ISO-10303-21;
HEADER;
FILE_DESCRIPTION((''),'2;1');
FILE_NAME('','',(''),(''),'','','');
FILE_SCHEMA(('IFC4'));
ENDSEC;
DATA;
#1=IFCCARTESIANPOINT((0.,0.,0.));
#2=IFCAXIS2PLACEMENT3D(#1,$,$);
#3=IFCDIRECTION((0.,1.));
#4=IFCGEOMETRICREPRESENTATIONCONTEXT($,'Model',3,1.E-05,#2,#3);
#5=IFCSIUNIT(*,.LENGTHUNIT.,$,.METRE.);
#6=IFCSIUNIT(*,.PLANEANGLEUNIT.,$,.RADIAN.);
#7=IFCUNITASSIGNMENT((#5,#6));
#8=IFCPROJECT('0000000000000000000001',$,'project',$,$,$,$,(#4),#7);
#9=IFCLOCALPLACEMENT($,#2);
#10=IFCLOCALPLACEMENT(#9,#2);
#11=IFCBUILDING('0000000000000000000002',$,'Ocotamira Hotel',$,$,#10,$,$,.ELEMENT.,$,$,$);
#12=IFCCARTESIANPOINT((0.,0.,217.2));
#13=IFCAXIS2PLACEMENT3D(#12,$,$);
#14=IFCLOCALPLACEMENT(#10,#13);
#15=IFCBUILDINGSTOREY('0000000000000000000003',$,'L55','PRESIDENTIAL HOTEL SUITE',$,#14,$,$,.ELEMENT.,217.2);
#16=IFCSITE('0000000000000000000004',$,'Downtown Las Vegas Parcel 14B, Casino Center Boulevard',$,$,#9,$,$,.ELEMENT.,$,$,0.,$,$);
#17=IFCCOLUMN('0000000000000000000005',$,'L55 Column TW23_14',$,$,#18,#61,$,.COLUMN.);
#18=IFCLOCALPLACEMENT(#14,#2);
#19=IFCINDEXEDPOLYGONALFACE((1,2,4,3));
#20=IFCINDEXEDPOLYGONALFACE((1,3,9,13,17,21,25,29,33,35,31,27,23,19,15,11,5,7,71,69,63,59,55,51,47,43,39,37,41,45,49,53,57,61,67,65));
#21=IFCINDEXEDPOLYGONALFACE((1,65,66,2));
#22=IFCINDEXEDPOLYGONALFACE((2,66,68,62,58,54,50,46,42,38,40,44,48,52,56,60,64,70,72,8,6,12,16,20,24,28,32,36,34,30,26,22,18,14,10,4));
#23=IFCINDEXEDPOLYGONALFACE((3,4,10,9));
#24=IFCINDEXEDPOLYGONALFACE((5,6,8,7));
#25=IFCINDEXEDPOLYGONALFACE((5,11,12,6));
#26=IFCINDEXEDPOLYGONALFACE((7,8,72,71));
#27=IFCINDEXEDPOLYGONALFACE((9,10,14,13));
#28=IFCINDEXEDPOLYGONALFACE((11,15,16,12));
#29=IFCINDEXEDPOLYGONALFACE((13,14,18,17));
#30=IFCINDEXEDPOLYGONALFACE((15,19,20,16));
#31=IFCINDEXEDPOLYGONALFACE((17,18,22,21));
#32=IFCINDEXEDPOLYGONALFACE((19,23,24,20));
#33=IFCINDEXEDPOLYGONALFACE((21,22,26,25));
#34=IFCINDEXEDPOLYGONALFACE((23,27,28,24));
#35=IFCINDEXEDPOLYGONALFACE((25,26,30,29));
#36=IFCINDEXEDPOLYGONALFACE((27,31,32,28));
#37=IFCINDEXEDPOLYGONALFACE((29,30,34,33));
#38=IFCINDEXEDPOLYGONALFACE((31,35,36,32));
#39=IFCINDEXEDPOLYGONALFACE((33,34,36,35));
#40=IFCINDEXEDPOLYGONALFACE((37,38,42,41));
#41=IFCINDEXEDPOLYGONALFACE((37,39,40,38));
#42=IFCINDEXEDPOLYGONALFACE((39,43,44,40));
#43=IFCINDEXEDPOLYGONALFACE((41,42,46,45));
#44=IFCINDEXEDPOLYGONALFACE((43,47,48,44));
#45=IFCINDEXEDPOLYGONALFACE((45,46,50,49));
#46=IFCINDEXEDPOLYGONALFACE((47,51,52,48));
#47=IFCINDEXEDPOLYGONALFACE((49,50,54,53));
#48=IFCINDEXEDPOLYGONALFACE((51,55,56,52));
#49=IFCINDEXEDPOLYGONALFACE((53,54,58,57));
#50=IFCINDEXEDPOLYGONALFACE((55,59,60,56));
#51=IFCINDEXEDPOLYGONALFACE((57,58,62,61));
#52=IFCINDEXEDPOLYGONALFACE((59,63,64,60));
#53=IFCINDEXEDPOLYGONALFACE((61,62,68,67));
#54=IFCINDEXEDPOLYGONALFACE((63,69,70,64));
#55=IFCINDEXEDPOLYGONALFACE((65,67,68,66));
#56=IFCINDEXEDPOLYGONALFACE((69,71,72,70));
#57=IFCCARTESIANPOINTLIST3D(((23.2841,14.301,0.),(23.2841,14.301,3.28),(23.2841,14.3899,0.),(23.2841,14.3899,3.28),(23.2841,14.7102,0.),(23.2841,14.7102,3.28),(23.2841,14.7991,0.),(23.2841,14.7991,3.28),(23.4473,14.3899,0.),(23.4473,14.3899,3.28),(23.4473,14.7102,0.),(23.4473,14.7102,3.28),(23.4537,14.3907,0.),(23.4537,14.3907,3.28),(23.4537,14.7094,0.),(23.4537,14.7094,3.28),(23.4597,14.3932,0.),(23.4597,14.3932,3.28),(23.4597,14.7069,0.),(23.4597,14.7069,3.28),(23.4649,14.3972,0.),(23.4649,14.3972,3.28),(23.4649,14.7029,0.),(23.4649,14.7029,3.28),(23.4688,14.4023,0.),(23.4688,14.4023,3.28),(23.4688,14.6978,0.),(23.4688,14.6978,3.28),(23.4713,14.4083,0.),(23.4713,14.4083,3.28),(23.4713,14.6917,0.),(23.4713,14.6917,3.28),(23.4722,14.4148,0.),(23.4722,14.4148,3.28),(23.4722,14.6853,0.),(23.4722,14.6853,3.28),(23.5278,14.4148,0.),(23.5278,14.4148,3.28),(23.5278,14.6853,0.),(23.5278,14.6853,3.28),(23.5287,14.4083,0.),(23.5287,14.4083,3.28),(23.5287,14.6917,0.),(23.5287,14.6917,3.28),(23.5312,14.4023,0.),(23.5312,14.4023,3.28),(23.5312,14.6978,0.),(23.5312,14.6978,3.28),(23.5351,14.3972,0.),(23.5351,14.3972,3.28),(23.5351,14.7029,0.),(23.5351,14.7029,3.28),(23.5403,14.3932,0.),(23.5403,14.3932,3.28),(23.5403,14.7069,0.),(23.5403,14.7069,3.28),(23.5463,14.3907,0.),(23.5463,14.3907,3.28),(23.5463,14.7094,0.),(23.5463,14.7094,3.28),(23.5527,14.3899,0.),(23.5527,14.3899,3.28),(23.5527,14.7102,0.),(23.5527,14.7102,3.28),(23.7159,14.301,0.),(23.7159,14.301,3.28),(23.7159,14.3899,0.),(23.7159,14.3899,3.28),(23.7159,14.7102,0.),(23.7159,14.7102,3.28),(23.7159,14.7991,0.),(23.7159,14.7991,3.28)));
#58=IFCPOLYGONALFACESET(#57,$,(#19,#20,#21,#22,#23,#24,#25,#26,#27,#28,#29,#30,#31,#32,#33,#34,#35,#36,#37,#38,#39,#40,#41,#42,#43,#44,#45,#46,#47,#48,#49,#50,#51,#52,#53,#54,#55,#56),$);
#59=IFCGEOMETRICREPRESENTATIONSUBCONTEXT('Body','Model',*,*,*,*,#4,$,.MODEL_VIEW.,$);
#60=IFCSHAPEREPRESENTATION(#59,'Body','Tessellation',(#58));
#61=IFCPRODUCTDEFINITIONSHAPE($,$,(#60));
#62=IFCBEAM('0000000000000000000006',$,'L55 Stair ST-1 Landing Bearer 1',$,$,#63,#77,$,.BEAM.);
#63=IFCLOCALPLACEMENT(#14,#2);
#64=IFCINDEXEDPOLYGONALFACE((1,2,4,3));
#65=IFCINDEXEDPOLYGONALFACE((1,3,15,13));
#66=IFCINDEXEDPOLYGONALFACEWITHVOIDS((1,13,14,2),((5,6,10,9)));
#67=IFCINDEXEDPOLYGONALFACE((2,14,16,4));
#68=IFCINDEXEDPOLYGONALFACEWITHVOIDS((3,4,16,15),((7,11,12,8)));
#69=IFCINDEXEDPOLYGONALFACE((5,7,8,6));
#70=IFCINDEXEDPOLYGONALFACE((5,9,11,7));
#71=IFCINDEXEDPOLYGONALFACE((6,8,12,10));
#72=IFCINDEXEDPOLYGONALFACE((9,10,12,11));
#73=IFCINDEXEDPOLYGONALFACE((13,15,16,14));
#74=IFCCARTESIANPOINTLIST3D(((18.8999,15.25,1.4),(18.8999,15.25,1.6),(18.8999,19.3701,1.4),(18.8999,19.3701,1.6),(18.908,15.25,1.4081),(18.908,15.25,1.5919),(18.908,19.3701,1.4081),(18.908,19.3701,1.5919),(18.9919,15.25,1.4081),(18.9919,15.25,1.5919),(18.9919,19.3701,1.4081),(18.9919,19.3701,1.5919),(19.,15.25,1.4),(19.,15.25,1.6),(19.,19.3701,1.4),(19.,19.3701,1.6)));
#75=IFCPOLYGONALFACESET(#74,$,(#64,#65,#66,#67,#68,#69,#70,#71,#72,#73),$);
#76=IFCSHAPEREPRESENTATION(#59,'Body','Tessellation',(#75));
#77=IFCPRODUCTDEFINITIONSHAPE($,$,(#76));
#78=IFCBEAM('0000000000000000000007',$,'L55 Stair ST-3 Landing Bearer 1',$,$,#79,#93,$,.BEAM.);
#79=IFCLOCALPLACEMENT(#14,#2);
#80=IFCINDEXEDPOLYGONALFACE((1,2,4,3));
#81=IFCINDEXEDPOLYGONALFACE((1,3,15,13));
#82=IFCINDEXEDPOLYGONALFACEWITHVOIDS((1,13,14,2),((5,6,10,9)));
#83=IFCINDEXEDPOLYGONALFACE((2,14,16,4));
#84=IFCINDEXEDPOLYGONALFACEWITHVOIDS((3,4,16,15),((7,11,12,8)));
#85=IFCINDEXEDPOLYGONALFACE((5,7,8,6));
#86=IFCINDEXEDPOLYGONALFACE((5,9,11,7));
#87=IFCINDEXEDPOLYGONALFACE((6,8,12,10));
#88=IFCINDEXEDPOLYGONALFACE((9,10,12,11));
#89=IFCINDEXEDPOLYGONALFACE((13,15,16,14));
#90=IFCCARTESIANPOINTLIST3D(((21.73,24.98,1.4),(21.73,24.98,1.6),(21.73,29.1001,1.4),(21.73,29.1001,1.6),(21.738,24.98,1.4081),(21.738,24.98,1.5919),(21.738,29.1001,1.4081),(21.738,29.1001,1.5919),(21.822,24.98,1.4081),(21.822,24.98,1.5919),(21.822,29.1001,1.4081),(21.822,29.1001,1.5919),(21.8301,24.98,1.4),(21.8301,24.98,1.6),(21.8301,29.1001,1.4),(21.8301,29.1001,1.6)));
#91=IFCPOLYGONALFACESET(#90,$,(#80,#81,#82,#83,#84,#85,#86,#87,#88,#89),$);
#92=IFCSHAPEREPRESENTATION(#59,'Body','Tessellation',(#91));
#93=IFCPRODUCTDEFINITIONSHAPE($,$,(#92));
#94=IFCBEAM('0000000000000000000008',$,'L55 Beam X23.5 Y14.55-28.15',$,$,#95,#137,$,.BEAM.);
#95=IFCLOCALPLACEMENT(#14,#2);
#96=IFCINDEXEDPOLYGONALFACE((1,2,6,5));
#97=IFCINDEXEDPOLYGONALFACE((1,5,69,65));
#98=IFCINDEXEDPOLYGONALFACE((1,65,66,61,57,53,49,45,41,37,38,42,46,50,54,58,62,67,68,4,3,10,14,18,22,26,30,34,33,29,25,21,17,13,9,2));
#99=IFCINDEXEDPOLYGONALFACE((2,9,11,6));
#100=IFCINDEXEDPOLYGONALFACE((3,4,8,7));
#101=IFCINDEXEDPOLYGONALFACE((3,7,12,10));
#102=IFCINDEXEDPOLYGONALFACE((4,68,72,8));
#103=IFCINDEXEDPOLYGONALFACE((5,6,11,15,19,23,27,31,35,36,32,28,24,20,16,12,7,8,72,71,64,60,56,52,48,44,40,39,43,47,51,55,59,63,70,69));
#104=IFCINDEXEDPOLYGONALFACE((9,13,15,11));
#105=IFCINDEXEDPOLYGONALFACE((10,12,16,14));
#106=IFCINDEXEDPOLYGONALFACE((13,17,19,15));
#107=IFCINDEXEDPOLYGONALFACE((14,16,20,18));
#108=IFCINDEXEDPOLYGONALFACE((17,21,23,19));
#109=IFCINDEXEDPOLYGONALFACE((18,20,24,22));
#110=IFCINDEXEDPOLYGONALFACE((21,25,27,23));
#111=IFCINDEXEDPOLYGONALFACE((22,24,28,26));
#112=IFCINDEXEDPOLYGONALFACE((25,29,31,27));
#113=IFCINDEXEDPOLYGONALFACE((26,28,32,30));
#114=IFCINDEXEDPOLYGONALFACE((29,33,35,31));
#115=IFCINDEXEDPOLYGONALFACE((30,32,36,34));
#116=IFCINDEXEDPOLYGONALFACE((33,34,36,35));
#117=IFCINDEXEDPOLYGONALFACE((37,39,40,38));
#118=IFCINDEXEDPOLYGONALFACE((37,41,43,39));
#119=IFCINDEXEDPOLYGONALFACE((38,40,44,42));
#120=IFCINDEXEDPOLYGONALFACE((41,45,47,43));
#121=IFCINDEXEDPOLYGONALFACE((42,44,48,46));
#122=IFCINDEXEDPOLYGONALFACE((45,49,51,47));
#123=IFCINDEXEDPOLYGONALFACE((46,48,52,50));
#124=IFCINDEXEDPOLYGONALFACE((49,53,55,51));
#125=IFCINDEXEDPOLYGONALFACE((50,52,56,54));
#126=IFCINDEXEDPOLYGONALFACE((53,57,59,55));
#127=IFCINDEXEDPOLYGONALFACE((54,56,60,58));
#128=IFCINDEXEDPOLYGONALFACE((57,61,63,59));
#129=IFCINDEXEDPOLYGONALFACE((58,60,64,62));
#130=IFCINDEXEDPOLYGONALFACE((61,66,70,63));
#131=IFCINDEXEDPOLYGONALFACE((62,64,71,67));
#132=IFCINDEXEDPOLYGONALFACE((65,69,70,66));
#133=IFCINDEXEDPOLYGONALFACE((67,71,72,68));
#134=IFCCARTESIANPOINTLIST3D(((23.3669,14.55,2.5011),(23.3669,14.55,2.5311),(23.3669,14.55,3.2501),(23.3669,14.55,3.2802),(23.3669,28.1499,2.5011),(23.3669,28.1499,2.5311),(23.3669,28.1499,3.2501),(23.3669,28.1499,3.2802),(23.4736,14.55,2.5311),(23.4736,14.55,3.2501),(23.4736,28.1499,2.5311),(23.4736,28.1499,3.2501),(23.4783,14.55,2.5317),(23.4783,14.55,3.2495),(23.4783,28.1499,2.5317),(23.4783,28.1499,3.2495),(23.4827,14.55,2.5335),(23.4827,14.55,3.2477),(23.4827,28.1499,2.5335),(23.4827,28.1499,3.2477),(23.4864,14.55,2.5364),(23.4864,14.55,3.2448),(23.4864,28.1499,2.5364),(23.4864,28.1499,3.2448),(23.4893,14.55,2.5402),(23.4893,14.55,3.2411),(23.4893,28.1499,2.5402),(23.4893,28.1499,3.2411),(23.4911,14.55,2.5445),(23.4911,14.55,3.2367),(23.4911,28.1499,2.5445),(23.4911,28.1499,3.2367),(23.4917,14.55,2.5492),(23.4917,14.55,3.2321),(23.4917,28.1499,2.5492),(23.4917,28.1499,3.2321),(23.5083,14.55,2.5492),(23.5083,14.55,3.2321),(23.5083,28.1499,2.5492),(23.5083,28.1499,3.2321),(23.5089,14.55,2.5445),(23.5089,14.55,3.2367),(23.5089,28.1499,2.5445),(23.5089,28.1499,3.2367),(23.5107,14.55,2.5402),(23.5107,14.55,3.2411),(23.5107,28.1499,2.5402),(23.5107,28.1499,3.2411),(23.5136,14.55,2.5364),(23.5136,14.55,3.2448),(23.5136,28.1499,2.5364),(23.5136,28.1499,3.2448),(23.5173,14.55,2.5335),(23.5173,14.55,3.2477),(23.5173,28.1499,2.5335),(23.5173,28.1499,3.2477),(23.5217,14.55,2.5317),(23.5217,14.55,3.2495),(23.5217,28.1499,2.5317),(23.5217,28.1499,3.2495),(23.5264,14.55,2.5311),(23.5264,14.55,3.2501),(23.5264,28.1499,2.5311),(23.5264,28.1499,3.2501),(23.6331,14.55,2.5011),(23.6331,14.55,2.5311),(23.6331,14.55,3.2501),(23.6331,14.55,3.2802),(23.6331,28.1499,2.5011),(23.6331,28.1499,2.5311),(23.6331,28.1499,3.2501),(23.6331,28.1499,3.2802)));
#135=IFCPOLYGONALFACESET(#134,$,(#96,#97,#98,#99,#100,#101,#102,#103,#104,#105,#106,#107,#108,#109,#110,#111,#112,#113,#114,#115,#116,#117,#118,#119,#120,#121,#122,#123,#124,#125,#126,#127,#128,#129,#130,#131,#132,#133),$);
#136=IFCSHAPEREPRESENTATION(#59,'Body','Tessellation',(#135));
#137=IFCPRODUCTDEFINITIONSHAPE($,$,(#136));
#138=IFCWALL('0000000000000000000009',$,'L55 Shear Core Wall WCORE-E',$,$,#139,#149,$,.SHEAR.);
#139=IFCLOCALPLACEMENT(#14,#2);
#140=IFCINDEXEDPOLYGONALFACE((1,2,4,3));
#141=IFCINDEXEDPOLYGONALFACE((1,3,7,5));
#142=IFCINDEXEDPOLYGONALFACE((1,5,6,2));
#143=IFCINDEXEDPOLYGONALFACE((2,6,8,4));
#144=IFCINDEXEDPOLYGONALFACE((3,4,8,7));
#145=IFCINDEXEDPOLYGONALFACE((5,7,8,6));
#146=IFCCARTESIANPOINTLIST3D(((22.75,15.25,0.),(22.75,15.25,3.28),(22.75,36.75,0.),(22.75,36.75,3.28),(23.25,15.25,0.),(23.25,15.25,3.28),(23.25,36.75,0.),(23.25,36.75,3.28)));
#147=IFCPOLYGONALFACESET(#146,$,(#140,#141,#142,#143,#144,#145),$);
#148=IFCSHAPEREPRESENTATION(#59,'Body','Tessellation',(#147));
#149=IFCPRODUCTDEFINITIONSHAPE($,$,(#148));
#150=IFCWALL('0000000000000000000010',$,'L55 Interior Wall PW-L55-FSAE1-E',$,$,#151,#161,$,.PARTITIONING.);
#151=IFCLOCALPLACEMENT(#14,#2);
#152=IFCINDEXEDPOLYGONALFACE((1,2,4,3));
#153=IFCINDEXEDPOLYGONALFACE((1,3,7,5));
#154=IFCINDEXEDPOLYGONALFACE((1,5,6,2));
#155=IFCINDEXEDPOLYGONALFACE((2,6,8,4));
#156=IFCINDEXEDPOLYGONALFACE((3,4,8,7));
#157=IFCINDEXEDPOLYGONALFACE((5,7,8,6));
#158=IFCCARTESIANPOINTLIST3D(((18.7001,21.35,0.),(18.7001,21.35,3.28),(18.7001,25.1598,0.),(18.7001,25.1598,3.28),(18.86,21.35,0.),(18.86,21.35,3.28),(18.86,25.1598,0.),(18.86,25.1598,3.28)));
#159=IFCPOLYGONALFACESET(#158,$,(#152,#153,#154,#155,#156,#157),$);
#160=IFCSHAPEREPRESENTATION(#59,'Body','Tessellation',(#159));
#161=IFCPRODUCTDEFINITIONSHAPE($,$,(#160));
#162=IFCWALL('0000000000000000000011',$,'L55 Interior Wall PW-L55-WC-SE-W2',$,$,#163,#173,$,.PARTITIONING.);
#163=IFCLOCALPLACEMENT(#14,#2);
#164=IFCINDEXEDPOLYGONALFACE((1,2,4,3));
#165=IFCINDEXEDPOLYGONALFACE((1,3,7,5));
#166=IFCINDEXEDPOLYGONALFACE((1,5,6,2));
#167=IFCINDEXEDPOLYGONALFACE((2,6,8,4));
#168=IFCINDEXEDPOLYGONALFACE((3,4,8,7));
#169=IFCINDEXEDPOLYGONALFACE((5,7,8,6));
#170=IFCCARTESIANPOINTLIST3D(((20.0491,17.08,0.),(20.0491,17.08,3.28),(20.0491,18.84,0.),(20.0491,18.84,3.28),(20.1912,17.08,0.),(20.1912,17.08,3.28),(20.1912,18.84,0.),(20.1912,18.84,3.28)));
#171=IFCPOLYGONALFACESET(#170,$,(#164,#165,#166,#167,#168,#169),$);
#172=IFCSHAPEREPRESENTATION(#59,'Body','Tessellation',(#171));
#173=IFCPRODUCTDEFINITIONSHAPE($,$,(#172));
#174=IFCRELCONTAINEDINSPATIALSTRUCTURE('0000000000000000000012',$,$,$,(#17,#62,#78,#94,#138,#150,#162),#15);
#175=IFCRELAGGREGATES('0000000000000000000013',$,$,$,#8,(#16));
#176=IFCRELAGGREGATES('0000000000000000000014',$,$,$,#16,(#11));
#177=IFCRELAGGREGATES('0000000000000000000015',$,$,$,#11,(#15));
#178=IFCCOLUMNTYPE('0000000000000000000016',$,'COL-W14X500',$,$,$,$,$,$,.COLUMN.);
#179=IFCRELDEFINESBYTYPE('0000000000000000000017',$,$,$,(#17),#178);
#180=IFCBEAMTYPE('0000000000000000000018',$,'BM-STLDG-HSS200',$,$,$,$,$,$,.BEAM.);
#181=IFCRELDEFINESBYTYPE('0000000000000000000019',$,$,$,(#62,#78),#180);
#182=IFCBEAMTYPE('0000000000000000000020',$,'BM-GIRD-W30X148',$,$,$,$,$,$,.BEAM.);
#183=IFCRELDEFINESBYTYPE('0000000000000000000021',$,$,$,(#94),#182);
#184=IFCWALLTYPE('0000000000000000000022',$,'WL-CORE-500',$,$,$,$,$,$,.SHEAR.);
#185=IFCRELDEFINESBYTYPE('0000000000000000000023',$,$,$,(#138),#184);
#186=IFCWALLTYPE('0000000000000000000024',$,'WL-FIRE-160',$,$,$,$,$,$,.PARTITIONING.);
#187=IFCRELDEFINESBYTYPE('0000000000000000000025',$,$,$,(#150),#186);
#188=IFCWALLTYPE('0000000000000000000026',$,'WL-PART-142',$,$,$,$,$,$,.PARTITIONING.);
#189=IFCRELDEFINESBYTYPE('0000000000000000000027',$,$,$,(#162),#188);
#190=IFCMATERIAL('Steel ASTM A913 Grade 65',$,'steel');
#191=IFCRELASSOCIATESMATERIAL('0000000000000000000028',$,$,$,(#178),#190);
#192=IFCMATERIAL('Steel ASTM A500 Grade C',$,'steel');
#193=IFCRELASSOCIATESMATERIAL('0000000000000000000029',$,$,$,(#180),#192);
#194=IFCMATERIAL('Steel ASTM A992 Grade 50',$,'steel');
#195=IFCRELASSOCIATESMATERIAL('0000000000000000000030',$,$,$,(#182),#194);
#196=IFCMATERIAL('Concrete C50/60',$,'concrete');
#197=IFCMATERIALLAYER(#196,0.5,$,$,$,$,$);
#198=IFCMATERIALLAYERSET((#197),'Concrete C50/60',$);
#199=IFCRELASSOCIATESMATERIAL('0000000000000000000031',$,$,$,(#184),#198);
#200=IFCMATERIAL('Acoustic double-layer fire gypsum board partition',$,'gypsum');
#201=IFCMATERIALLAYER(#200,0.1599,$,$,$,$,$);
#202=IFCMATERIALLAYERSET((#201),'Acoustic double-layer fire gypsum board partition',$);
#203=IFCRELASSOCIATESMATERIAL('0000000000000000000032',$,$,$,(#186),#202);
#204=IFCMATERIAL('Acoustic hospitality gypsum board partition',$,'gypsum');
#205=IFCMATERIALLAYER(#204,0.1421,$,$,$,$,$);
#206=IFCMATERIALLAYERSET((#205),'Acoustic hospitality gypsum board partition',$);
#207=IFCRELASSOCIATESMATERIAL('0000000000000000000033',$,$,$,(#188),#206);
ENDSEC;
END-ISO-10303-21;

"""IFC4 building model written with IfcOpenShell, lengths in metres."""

from ifc_helpers import new_model, si_unit, direction, frame, frame_2d, origin, origin_2d, place, context, subcontext, project, spatial, rectangle, hollow_rectangle, i_section, extrude, source, transform, mapped, material, layer, layer_set, material_profile, profile_set, type_object, element, save


model = new_model("IFC4")

# Units and contexts
model_context = context("Model", 3, precision=1e-05, world=origin(), true_north=direction((0.0, 1.0)))
body_context = subcontext(model_context, "Body", "Model", "MODEL_VIEW")
ifc_project = project(units=[si_unit("LENGTHUNIT", "METRE"), si_unit("PLANEANGLEUNIT", "RADIAN")], contexts=[model_context])

# Site, building, storey
site_placement = place(None, origin())
site = spatial("IfcSite", under=ifc_project, at=site_placement, Name="Downtown Las Vegas Parcel 14B, Casino Center Boulevard", CompositionType="ELEMENT", RefElevation=0.0)
building_placement = place(site_placement, origin())
building = spatial("IfcBuilding", under=site, at=building_placement, Name="Ocotamira Hotel", CompositionType="ELEMENT")
storey_placement = place(building_placement, frame((0.0, 0.0, 217.2)))
storey = spatial("IfcBuildingStorey", under=building, at=storey_placement, Name="L55", Description="PRESIDENTIAL HOTEL SUITE", CompositionType="ELEMENT", Elevation=217.2)

# Column
ifc_material_1 = material(Name="Steel ASTM A913 Grade 65", Category="steel")
ifc_material_profile_1 = material_profile(ifc_material_1, i_section(OverallWidth=0.4319, OverallDepth=0.498, WebThickness=0.0557, FlangeThickness=0.0889, FilletRadius=0.0249, at=origin_2d()), Name="W14X500")
ifc_profile_set_1 = profile_set([ifc_material_profile_1], Name="Steel ASTM A913 Grade 65")
column_type = type_object("IfcColumnType", Name="COL-W14X500", PredefinedType="COLUMN", material=ifc_profile_set_1)
shared_shape_1 = source(origin(), body_context, "Body", "SweptSolid", [
    extrude(i_section(OverallWidth=0.4319, OverallDepth=0.498, WebThickness=0.0557, FlangeThickness=0.0889, FilletRadius=0.0249, at=origin_2d()), origin(), (0.0, 0.0, 1.0), 3.28),
])
column_placement = place(storey_placement, frame((23.5, 14.55, 0.0), z_axis=(0.0, 0.0, 1.0), x_axis=(1.0, 0.0, 0.0)))
element("IfcColumn", 1, at=column_placement, inside=storey, type_object=column_type, Name="L55 Column TW23_14", PredefinedType="COLUMN", context=body_context, shape_type="MappedRepresentation", body=[
    mapped(shared_shape_1, transform((0.0, 0.0, 0.0), scale=1.0)),
])

# Beams
ifc_material_2 = material(Name="Steel ASTM A500 Grade C", Category="steel")
ifc_material_profile_2 = material_profile(ifc_material_2, hollow_rectangle(XDim=0.1001, YDim=0.2, WallThickness=0.0081, at=origin_2d()), Name="HSS200X100X8")
ifc_profile_set_2 = profile_set([ifc_material_profile_2], Name="Steel ASTM A500 Grade C")
beam_type_1 = type_object("IfcBeamType", Name="BM-STLDG-HSS200", PredefinedType="BEAM", material=ifc_profile_set_2)
shared_shape_2 = source(origin(), body_context, "Body", "SweptSolid", [
    extrude(hollow_rectangle(XDim=0.1001, YDim=0.2, WallThickness=0.0081, at=origin_2d()), origin(), (0.0, 0.0, 1.0), 4.1201),
])
for number, where, z_axis, x_axis, name in (
    (2, (18.95, 15.25, 1.5), (0.0, 1.0, 0.0), (-1.0, 0.0, 0.0), "L55 Stair ST-1 Landing Bearer 1"),
    (3, (21.78, 24.98, 1.5), (0.0, 1.0, 0.0), (-1.0, 0.0, 0.0), "L55 Stair ST-3 Landing Bearer 1"),
):
    element("IfcBeam", number, at=place(storey_placement, frame(where, z_axis=z_axis, x_axis=x_axis)), inside=storey, type_object=beam_type_1, Name=name, PredefinedType="BEAM", context=body_context, shape_type="MappedRepresentation", body=[
        mapped(shared_shape_2, transform((0.0, 0.0, 0.0), scale=1.0)),
    ])
ifc_material_3 = material(Name="Steel ASTM A992 Grade 50", Category="steel")
ifc_material_profile_3 = material_profile(ifc_material_3, i_section(OverallWidth=0.2661, OverallDepth=0.7791, WebThickness=0.0166, FlangeThickness=0.03, FilletRadius=0.0181, at=origin_2d()), Name="W30X148")
ifc_profile_set_3 = profile_set([ifc_material_profile_3], Name="Steel ASTM A992 Grade 50")
beam_type_2 = type_object("IfcBeamType", Name="BM-GIRD-W30X148", PredefinedType="BEAM", material=ifc_profile_set_3)
shared_shape_3 = source(origin(), body_context, "Body", "SweptSolid", [
    extrude(i_section(OverallWidth=0.2661, OverallDepth=0.7791, WebThickness=0.0166, FlangeThickness=0.03, FilletRadius=0.0181, at=origin_2d()), origin(), (0.0, 0.0, 1.0), 13.5999),
])
beam_placement = place(storey_placement, frame((23.5, 14.55, 2.8906), z_axis=(0.0, 1.0, 0.0), x_axis=(-1.0, 0.0, 0.0)))
element("IfcBeam", 4, at=beam_placement, inside=storey, type_object=beam_type_2, Name="L55 Beam X23.5 Y14.55-28.15", PredefinedType="BEAM", context=body_context, shape_type="MappedRepresentation", body=[
    mapped(shared_shape_3, transform((0.0, 0.0, 0.0), scale=1.0)),
])

# Walls
ifc_material_4 = material(Name="Concrete C50/60", Category="concrete")
ifc_layer_1 = layer(ifc_material_4, 0.5)
ifc_layer_set_1 = layer_set([ifc_layer_1], Name="Concrete C50/60")
wall_type_1 = type_object("IfcWallType", Name="WL-CORE-500", PredefinedType="SHEAR", material=ifc_layer_set_1)
wall_1_placement = place(storey_placement, frame((23.0, 15.25, 0.0), z_axis=(0.0, 0.0, 1.0), x_axis=(0.0, 1.0, 0.0)))
element("IfcWall", 5, at=wall_1_placement, inside=storey, type_object=wall_type_1, Name="L55 Shear Core Wall WCORE-E", PredefinedType="SHEAR", context=body_context, shape_type="SweptSolid", body=[
    extrude(rectangle(XDim=21.5, YDim=0.5, at=frame_2d((10.75, 0.0))), origin(), (0.0, 0.0, 1.0), 3.28),
])
ifc_material_5 = material(Name="Acoustic double-layer fire gypsum board partition", Category="gypsum")
ifc_layer_2 = layer(ifc_material_5, 0.1599)
ifc_layer_set_2 = layer_set([ifc_layer_2], Name="Acoustic double-layer fire gypsum board partition")
wall_type_2 = type_object("IfcWallType", Name="WL-FIRE-160", PredefinedType="PARTITIONING", material=ifc_layer_set_2)
wall_2_placement = place(storey_placement, frame((18.78, 21.3501, 0.0), z_axis=(0.0, 0.0, 1.0), x_axis=(0.0, 1.0, 0.0)))
element("IfcWall", 6, at=wall_2_placement, inside=storey, type_object=wall_type_2, Name="L55 Interior Wall PW-L55-FSAE1-E", PredefinedType="PARTITIONING", context=body_context, shape_type="SweptSolid", body=[
    extrude(rectangle(XDim=3.8098, YDim=0.1599, at=frame_2d((1.9048, 0.0))), origin(), (0.0, 0.0, 1.0), 3.28),
])
ifc_material_6 = material(Name="Acoustic hospitality gypsum board partition", Category="gypsum")
ifc_layer_3 = layer(ifc_material_6, 0.1421)
ifc_layer_set_3 = layer_set([ifc_layer_3], Name="Acoustic hospitality gypsum board partition")
wall_type_3 = type_object("IfcWallType", Name="WL-PART-142", PredefinedType="PARTITIONING", material=ifc_layer_set_3)
wall_3_placement = place(storey_placement, frame((20.1201, 17.0801, 0.0), z_axis=(0.0, 0.0, 1.0), x_axis=(0.0, 1.0, 0.0)))
element("IfcWall", 7, at=wall_3_placement, inside=storey, type_object=wall_type_3, Name="L55 Interior Wall PW-L55-WC-SE-W2", PredefinedType="PARTITIONING", context=body_context, shape_type="SweptSolid", body=[
    extrude(rectangle(XDim=1.76, YDim=0.1421, at=frame_2d((0.8799, 0.0))), origin(), (0.0, 0.0, 1.0), 3.28),
])

save(model, "model.ifc")
